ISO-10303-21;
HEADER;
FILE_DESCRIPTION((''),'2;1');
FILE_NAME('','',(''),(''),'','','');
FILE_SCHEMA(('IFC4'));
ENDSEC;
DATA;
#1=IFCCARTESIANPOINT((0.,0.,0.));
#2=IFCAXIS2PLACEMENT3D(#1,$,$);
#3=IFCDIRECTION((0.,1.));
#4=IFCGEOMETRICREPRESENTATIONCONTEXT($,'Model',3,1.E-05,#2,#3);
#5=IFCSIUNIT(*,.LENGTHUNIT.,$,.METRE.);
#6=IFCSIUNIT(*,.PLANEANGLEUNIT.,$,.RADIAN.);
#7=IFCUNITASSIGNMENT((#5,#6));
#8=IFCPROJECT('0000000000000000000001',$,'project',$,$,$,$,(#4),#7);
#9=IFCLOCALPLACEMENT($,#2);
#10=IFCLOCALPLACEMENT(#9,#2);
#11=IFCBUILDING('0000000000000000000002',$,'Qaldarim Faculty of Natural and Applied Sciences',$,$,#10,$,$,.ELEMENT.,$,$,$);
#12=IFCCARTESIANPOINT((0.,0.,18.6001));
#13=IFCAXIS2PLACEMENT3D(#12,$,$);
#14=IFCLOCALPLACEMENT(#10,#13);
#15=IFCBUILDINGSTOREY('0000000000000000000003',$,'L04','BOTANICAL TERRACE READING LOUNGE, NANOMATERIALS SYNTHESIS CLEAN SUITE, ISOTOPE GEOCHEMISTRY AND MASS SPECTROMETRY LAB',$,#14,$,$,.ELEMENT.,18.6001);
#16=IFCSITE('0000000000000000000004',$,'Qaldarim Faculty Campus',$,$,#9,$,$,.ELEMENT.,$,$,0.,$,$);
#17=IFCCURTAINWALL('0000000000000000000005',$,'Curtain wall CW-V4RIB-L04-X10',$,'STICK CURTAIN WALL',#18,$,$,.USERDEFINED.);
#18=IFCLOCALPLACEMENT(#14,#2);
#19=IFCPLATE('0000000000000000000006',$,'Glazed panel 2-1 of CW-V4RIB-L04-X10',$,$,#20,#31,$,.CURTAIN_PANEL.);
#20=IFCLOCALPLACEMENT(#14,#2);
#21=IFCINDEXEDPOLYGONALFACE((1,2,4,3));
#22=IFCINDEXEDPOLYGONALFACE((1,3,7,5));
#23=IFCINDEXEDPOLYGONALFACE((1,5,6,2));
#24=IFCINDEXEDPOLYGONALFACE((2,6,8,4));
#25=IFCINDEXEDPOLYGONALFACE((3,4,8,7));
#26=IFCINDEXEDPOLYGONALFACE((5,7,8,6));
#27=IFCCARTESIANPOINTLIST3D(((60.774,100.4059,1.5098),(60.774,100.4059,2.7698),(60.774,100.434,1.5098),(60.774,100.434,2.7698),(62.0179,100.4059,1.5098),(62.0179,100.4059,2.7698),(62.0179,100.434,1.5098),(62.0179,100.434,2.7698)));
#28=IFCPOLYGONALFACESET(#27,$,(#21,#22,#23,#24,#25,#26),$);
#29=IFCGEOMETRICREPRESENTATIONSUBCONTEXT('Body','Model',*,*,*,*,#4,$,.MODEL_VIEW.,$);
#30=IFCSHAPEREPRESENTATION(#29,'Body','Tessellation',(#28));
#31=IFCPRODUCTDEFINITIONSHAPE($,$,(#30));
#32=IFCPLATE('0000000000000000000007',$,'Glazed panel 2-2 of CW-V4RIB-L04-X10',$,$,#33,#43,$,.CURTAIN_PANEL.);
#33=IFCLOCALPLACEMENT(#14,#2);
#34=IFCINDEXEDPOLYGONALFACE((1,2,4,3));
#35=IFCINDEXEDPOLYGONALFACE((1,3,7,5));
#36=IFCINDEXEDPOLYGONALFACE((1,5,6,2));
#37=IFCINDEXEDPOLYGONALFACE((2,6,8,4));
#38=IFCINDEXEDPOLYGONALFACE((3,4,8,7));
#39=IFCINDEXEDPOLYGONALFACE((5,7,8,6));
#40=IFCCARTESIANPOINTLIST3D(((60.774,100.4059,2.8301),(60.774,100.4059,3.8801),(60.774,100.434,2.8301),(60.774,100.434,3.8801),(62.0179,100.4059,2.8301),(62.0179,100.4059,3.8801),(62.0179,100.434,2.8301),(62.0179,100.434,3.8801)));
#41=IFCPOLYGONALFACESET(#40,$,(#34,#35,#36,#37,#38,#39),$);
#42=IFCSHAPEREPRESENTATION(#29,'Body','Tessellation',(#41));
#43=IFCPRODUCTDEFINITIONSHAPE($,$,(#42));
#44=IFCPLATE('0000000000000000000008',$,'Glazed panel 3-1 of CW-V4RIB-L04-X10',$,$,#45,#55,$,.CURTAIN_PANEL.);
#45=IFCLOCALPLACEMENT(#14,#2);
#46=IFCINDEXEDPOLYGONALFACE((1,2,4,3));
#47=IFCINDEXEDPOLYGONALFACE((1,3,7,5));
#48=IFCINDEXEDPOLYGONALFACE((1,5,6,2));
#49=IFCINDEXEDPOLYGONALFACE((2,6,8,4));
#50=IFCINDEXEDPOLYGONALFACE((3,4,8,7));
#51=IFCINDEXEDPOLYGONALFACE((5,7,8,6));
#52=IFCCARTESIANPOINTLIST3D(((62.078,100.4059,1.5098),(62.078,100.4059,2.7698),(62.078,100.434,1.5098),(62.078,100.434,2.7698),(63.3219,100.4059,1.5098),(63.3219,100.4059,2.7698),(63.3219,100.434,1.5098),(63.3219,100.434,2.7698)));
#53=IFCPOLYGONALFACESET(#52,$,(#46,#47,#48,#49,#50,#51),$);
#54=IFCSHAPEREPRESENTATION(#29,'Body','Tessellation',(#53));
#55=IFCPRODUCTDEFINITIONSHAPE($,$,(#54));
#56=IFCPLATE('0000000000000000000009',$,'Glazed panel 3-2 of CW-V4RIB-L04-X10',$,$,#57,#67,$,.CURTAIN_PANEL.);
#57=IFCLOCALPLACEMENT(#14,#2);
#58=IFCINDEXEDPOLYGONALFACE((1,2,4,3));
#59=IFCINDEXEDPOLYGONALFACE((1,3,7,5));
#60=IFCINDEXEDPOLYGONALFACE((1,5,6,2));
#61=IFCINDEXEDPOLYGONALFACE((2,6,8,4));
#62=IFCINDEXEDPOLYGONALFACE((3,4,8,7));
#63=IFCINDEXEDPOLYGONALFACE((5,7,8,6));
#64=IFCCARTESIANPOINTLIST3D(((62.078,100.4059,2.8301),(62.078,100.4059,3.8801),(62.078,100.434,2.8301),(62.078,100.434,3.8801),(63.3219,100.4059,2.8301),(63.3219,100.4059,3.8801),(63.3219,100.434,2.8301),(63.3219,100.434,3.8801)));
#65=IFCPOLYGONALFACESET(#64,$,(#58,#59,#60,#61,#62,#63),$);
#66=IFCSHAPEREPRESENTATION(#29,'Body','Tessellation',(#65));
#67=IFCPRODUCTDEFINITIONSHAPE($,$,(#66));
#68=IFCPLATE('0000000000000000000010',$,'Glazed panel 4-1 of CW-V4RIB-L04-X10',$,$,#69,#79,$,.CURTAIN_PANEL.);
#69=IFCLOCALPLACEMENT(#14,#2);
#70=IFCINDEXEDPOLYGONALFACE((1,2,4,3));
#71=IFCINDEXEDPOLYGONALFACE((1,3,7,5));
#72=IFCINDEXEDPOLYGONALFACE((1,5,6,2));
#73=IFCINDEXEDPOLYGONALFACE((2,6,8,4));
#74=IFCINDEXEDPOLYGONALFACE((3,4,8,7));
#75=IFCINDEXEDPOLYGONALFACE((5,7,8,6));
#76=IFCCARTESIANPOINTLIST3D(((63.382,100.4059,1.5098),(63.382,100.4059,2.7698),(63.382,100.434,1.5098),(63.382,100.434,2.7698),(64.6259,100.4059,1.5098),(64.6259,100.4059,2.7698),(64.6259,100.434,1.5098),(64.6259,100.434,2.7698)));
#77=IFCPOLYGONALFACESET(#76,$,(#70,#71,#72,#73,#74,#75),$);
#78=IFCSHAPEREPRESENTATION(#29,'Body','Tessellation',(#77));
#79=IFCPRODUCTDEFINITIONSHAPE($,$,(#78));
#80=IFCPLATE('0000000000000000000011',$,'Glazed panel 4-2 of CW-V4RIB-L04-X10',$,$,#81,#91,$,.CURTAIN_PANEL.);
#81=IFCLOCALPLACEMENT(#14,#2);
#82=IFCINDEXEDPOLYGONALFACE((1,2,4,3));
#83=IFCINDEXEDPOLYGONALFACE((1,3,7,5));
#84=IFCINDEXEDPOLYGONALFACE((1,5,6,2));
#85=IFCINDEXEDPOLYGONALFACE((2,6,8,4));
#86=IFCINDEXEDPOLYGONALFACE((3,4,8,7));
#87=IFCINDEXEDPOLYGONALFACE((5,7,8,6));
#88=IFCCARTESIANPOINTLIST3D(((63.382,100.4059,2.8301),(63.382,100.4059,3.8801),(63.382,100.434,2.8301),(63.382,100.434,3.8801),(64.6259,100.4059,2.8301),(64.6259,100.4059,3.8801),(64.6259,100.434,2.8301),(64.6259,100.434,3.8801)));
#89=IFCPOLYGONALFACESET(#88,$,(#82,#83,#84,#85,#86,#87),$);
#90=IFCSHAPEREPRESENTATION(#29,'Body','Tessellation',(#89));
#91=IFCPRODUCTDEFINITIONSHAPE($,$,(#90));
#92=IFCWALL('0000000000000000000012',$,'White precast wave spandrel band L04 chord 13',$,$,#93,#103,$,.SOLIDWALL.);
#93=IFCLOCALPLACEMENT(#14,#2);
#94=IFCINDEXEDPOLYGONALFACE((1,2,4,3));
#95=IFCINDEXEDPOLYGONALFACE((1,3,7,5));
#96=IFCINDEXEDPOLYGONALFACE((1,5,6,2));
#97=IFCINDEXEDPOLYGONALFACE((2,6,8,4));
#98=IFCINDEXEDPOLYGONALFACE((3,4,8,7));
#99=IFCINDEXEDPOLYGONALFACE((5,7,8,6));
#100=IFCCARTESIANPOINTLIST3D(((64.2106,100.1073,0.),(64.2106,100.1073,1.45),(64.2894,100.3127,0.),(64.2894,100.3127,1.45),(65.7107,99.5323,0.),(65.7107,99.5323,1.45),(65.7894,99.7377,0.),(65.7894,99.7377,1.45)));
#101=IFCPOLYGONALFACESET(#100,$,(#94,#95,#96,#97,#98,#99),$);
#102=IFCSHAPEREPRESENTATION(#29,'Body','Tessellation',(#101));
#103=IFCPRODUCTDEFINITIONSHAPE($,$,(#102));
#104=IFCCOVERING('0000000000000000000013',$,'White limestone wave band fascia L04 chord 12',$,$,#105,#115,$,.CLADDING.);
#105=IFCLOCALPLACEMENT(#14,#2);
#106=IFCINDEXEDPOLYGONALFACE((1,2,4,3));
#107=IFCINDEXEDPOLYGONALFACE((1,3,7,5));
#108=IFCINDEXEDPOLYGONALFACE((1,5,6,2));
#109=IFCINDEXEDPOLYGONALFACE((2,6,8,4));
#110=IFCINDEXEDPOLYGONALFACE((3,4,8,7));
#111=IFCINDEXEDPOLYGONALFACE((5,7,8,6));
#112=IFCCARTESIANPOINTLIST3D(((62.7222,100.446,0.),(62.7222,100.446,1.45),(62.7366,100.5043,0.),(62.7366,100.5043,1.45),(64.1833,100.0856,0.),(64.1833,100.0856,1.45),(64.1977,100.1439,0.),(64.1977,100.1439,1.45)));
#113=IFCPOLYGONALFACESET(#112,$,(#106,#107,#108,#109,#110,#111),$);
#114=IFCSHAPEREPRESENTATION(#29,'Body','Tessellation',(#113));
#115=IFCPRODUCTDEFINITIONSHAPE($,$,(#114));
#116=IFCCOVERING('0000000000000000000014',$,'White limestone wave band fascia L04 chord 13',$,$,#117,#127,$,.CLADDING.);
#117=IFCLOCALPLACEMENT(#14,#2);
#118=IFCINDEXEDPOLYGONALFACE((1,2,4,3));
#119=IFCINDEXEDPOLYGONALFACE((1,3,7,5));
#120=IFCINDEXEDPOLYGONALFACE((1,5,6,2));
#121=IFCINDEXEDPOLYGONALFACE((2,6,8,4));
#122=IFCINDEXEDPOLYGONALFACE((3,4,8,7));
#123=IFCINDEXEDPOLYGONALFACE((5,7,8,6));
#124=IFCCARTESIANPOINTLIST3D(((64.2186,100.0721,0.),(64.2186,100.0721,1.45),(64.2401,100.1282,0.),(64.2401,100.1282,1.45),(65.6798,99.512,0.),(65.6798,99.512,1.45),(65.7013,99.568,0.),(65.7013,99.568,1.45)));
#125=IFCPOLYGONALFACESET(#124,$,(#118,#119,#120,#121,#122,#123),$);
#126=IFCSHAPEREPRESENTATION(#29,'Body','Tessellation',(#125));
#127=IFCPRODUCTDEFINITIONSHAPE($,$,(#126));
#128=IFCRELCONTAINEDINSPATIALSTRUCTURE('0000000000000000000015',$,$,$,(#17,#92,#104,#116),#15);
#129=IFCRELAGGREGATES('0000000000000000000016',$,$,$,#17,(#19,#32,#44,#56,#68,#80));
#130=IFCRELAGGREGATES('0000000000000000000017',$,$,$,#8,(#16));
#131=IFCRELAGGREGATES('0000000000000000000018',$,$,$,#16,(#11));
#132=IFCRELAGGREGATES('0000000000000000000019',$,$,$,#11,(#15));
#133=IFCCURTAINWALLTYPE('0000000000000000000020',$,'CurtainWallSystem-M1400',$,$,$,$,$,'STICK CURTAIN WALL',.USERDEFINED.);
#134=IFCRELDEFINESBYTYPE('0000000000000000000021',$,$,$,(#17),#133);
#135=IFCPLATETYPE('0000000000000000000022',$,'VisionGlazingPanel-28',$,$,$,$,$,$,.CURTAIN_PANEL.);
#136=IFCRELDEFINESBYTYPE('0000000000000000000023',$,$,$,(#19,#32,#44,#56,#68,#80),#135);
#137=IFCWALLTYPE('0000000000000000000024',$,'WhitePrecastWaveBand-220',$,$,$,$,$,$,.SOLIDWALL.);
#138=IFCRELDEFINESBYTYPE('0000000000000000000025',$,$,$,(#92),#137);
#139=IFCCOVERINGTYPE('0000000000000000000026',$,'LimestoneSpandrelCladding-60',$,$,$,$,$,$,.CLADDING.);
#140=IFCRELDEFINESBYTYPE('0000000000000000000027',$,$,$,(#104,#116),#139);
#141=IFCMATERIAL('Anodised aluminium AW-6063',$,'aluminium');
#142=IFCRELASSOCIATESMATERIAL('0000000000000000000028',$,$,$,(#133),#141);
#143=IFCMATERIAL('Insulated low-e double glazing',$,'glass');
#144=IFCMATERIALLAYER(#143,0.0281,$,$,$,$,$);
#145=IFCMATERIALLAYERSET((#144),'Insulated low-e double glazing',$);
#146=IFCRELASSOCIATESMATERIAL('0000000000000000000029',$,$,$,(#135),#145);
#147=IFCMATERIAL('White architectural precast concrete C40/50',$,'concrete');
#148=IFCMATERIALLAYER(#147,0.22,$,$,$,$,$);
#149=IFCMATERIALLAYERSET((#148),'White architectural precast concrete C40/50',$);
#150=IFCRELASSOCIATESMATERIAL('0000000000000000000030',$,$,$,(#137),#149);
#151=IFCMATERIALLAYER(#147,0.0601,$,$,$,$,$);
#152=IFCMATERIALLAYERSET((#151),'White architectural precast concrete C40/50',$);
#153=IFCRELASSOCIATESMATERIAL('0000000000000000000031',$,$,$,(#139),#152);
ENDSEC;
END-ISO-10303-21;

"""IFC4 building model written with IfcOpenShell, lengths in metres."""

from ifc_helpers import new_model, si_unit, direction, frame, frame_2d, origin, origin_2d, place, context, subcontext, project, spatial, rectangle, extrude, material, layer, layer_set, type_object, element, aggregate, save


model = new_model("IFC4")

# Units and contexts
model_context = context("Model", 3, precision=1e-05, world=origin(), true_north=direction((0.0, 1.0)))
body_context = subcontext(model_context, "Body", "Model", "MODEL_VIEW")
ifc_project = project(units=[si_unit("LENGTHUNIT", "METRE"), si_unit("PLANEANGLEUNIT", "RADIAN")], contexts=[model_context])

# Site, building, storey
site_placement = place(None, origin())
site = spatial("IfcSite", under=ifc_project, at=site_placement, Name="Qaldarim Faculty Campus", CompositionType="ELEMENT", RefElevation=0.0)
building_placement = place(site_placement, origin())
building = spatial("IfcBuilding", under=site, at=building_placement, Name="Qaldarim Faculty of Natural and Applied Sciences", CompositionType="ELEMENT")
storey_placement = place(building_placement, frame((0.0, 0.0, 18.6001)))
storey = spatial("IfcBuildingStorey", under=building, at=storey_placement, Name="L04", Description="BOTANICAL TERRACE READING LOUNGE, NANOMATERIALS SYNTHESIS CLEAN SUITE, ISOTOPE GEOCHEMISTRY AND MASS SPECTROMETRY LAB", CompositionType="ELEMENT", Elevation=18.6001)

# Curtain wall, plates
ifc_material_1 = material(Name="Anodised aluminium AW-6063", Category="aluminium")
curtain_wall_type = type_object("IfcCurtainWallType", Name="CurtainWallSystem-M1400", ElementType="STICK CURTAIN WALL", PredefinedType="USERDEFINED", material=ifc_material_1)
curtain_wall_placement = place(storey_placement, origin())
curtain_wall = element("IfcCurtainWall", 1, at=curtain_wall_placement, inside=storey, type_object=curtain_wall_type, Name="Curtain wall CW-V4RIB-L04-X10", ObjectType="STICK CURTAIN WALL", PredefinedType="USERDEFINED")
ifc_material_2 = material(Name="Insulated low-e double glazing", Category="glass")
ifc_layer_1 = layer(ifc_material_2, 0.0281)
ifc_layer_set_1 = layer_set([ifc_layer_1], Name="Insulated low-e double glazing")
plate_type = type_object("IfcPlateType", Name="VisionGlazingPanel-28", PredefinedType="CURTAIN_PANEL", material=ifc_layer_set_1)
plate_1_placement = place(storey_placement, frame((61.396, 100.4199, 1.5098), z_axis=(0.0, 0.0, 1.0), x_axis=(1.0, 0.0, 0.0)))
plate_1 = element("IfcPlate", 2, at=plate_1_placement, type_object=plate_type, Name="Glazed panel 2-1 of CW-V4RIB-L04-X10", PredefinedType="CURTAIN_PANEL", context=body_context, shape_type="SweptSolid", body=[
    extrude(rectangle(XDim=1.2439, YDim=0.0281, at=origin_2d()), origin(), (0.0, 0.0, 1.0), 1.26),
])
plate_2_placement = place(storey_placement, frame((61.396, 100.4199, 2.8301), z_axis=(0.0, 0.0, 1.0), x_axis=(1.0, 0.0, 0.0)))
plate_2 = element("IfcPlate", 3, at=plate_2_placement, type_object=plate_type, Name="Glazed panel 2-2 of CW-V4RIB-L04-X10", PredefinedType="CURTAIN_PANEL", context=body_context, shape_type="SweptSolid", body=[
    extrude(rectangle(XDim=1.2439, YDim=0.0281, at=origin_2d()), origin(), (0.0, 0.0, 1.0), 1.05),
])
plate_3_placement = place(storey_placement, frame((62.7, 100.4199, 1.5098), z_axis=(0.0, 0.0, 1.0), x_axis=(1.0, 0.0, 0.0)))
plate_3 = element("IfcPlate", 4, at=plate_3_placement, type_object=plate_type, Name="Glazed panel 3-1 of CW-V4RIB-L04-X10", PredefinedType="CURTAIN_PANEL", context=body_context, shape_type="SweptSolid", body=[
    extrude(rectangle(XDim=1.2439, YDim=0.0281, at=origin_2d()), origin(), (0.0, 0.0, 1.0), 1.26),
])
plate_4_placement = place(storey_placement, frame((62.7, 100.4199, 2.8301), z_axis=(0.0, 0.0, 1.0), x_axis=(1.0, 0.0, 0.0)))
plate_4 = element("IfcPlate", 5, at=plate_4_placement, type_object=plate_type, Name="Glazed panel 3-2 of CW-V4RIB-L04-X10", PredefinedType="CURTAIN_PANEL", context=body_context, shape_type="SweptSolid", body=[
    extrude(rectangle(XDim=1.2439, YDim=0.0281, at=origin_2d()), origin(), (0.0, 0.0, 1.0), 1.05),
])
plate_5_placement = place(storey_placement, frame((64.0039, 100.4199, 1.5098), z_axis=(0.0, 0.0, 1.0), x_axis=(1.0, 0.0, 0.0)))
plate_5 = element("IfcPlate", 6, at=plate_5_placement, type_object=plate_type, Name="Glazed panel 4-1 of CW-V4RIB-L04-X10", PredefinedType="CURTAIN_PANEL", context=body_context, shape_type="SweptSolid", body=[
    extrude(rectangle(XDim=1.2439, YDim=0.0281, at=origin_2d()), origin(), (0.0, 0.0, 1.0), 1.26),
])
plate_6_placement = place(storey_placement, frame((64.0039, 100.4199, 2.8301), z_axis=(0.0, 0.0, 1.0), x_axis=(1.0, 0.0, 0.0)))
plate_6 = element("IfcPlate", 7, at=plate_6_placement, type_object=plate_type, Name="Glazed panel 4-2 of CW-V4RIB-L04-X10", PredefinedType="CURTAIN_PANEL", context=body_context, shape_type="SweptSolid", body=[
    extrude(rectangle(XDim=1.2439, YDim=0.0281, at=origin_2d()), origin(), (0.0, 0.0, 1.0), 1.05),
])
aggregate(curtain_wall, [plate_1, plate_2, plate_3, plate_4, plate_5, plate_6])

# Wall
ifc_material_3 = material(Name="White architectural precast concrete C40/50", Category="concrete")
ifc_layer_2 = layer(ifc_material_3, 0.22)
ifc_layer_set_2 = layer_set([ifc_layer_2], Name="White architectural precast concrete C40/50")
wall_type = type_object("IfcWallType", Name="WhitePrecastWaveBand-220", PredefinedType="SOLIDWALL", material=ifc_layer_set_2)
wall_placement = place(storey_placement, frame((64.25, 100.21, 0.0), z_axis=(0.0, 0.0, 1.0), x_axis=(0.933756, -0.35791, 0.0)))
element("IfcWall", 8, at=wall_placement, inside=storey, type_object=wall_type, Name="White precast wave spandrel band L04 chord 13", PredefinedType="SOLIDWALL", context=body_context, shape_type="SweptSolid", body=[
    extrude(rectangle(XDim=1.6064, YDim=0.22, at=frame_2d((0.8032, 0.0))), origin(), (0.0, 0.0, 1.0), 1.45),
])

# Coverings
ifc_layer_3 = layer(ifc_material_3, 0.0601)
ifc_layer_set_3 = layer_set([ifc_layer_3], Name="White architectural precast concrete C40/50")
covering_type = type_object("IfcCoveringType", Name="LimestoneSpandrelCladding-60", PredefinedType="CLADDING", material=ifc_layer_set_3)
covering_1_placement = place(storey_placement, frame((63.46, 100.2949, 0.0), z_axis=(0.0, 0.0, 1.0), x_axis=(0.970901, -0.239483, 0.0)))
element("IfcCovering", 9, at=covering_1_placement, inside=storey, type_object=covering_type, Name="White limestone wave band fascia L04 chord 12", PredefinedType="CLADDING", context=body_context, shape_type="SweptSolid", body=[
    extrude(rectangle(XDim=1.5049, YDim=0.0601, at=origin_2d()), origin(), (0.0, 0.0, 1.0), 1.45),
])
covering_2_placement = place(storey_placement, frame((64.96, 99.8201, 0.0), z_axis=(0.0, 0.0, 1.0), x_axis=(0.933749, -0.357928, 0.0)))
element("IfcCovering", 10, at=covering_2_placement, inside=storey, type_object=covering_type, Name="White limestone wave band fascia L04 chord 13", PredefinedType="CLADDING", context=body_context, shape_type="SweptSolid", body=[
    extrude(rectangle(XDim=1.5649, YDim=0.0601, at=origin_2d()), origin(), (0.0, 0.0, 1.0), 1.45),
])

save(model, "model.ifc")
